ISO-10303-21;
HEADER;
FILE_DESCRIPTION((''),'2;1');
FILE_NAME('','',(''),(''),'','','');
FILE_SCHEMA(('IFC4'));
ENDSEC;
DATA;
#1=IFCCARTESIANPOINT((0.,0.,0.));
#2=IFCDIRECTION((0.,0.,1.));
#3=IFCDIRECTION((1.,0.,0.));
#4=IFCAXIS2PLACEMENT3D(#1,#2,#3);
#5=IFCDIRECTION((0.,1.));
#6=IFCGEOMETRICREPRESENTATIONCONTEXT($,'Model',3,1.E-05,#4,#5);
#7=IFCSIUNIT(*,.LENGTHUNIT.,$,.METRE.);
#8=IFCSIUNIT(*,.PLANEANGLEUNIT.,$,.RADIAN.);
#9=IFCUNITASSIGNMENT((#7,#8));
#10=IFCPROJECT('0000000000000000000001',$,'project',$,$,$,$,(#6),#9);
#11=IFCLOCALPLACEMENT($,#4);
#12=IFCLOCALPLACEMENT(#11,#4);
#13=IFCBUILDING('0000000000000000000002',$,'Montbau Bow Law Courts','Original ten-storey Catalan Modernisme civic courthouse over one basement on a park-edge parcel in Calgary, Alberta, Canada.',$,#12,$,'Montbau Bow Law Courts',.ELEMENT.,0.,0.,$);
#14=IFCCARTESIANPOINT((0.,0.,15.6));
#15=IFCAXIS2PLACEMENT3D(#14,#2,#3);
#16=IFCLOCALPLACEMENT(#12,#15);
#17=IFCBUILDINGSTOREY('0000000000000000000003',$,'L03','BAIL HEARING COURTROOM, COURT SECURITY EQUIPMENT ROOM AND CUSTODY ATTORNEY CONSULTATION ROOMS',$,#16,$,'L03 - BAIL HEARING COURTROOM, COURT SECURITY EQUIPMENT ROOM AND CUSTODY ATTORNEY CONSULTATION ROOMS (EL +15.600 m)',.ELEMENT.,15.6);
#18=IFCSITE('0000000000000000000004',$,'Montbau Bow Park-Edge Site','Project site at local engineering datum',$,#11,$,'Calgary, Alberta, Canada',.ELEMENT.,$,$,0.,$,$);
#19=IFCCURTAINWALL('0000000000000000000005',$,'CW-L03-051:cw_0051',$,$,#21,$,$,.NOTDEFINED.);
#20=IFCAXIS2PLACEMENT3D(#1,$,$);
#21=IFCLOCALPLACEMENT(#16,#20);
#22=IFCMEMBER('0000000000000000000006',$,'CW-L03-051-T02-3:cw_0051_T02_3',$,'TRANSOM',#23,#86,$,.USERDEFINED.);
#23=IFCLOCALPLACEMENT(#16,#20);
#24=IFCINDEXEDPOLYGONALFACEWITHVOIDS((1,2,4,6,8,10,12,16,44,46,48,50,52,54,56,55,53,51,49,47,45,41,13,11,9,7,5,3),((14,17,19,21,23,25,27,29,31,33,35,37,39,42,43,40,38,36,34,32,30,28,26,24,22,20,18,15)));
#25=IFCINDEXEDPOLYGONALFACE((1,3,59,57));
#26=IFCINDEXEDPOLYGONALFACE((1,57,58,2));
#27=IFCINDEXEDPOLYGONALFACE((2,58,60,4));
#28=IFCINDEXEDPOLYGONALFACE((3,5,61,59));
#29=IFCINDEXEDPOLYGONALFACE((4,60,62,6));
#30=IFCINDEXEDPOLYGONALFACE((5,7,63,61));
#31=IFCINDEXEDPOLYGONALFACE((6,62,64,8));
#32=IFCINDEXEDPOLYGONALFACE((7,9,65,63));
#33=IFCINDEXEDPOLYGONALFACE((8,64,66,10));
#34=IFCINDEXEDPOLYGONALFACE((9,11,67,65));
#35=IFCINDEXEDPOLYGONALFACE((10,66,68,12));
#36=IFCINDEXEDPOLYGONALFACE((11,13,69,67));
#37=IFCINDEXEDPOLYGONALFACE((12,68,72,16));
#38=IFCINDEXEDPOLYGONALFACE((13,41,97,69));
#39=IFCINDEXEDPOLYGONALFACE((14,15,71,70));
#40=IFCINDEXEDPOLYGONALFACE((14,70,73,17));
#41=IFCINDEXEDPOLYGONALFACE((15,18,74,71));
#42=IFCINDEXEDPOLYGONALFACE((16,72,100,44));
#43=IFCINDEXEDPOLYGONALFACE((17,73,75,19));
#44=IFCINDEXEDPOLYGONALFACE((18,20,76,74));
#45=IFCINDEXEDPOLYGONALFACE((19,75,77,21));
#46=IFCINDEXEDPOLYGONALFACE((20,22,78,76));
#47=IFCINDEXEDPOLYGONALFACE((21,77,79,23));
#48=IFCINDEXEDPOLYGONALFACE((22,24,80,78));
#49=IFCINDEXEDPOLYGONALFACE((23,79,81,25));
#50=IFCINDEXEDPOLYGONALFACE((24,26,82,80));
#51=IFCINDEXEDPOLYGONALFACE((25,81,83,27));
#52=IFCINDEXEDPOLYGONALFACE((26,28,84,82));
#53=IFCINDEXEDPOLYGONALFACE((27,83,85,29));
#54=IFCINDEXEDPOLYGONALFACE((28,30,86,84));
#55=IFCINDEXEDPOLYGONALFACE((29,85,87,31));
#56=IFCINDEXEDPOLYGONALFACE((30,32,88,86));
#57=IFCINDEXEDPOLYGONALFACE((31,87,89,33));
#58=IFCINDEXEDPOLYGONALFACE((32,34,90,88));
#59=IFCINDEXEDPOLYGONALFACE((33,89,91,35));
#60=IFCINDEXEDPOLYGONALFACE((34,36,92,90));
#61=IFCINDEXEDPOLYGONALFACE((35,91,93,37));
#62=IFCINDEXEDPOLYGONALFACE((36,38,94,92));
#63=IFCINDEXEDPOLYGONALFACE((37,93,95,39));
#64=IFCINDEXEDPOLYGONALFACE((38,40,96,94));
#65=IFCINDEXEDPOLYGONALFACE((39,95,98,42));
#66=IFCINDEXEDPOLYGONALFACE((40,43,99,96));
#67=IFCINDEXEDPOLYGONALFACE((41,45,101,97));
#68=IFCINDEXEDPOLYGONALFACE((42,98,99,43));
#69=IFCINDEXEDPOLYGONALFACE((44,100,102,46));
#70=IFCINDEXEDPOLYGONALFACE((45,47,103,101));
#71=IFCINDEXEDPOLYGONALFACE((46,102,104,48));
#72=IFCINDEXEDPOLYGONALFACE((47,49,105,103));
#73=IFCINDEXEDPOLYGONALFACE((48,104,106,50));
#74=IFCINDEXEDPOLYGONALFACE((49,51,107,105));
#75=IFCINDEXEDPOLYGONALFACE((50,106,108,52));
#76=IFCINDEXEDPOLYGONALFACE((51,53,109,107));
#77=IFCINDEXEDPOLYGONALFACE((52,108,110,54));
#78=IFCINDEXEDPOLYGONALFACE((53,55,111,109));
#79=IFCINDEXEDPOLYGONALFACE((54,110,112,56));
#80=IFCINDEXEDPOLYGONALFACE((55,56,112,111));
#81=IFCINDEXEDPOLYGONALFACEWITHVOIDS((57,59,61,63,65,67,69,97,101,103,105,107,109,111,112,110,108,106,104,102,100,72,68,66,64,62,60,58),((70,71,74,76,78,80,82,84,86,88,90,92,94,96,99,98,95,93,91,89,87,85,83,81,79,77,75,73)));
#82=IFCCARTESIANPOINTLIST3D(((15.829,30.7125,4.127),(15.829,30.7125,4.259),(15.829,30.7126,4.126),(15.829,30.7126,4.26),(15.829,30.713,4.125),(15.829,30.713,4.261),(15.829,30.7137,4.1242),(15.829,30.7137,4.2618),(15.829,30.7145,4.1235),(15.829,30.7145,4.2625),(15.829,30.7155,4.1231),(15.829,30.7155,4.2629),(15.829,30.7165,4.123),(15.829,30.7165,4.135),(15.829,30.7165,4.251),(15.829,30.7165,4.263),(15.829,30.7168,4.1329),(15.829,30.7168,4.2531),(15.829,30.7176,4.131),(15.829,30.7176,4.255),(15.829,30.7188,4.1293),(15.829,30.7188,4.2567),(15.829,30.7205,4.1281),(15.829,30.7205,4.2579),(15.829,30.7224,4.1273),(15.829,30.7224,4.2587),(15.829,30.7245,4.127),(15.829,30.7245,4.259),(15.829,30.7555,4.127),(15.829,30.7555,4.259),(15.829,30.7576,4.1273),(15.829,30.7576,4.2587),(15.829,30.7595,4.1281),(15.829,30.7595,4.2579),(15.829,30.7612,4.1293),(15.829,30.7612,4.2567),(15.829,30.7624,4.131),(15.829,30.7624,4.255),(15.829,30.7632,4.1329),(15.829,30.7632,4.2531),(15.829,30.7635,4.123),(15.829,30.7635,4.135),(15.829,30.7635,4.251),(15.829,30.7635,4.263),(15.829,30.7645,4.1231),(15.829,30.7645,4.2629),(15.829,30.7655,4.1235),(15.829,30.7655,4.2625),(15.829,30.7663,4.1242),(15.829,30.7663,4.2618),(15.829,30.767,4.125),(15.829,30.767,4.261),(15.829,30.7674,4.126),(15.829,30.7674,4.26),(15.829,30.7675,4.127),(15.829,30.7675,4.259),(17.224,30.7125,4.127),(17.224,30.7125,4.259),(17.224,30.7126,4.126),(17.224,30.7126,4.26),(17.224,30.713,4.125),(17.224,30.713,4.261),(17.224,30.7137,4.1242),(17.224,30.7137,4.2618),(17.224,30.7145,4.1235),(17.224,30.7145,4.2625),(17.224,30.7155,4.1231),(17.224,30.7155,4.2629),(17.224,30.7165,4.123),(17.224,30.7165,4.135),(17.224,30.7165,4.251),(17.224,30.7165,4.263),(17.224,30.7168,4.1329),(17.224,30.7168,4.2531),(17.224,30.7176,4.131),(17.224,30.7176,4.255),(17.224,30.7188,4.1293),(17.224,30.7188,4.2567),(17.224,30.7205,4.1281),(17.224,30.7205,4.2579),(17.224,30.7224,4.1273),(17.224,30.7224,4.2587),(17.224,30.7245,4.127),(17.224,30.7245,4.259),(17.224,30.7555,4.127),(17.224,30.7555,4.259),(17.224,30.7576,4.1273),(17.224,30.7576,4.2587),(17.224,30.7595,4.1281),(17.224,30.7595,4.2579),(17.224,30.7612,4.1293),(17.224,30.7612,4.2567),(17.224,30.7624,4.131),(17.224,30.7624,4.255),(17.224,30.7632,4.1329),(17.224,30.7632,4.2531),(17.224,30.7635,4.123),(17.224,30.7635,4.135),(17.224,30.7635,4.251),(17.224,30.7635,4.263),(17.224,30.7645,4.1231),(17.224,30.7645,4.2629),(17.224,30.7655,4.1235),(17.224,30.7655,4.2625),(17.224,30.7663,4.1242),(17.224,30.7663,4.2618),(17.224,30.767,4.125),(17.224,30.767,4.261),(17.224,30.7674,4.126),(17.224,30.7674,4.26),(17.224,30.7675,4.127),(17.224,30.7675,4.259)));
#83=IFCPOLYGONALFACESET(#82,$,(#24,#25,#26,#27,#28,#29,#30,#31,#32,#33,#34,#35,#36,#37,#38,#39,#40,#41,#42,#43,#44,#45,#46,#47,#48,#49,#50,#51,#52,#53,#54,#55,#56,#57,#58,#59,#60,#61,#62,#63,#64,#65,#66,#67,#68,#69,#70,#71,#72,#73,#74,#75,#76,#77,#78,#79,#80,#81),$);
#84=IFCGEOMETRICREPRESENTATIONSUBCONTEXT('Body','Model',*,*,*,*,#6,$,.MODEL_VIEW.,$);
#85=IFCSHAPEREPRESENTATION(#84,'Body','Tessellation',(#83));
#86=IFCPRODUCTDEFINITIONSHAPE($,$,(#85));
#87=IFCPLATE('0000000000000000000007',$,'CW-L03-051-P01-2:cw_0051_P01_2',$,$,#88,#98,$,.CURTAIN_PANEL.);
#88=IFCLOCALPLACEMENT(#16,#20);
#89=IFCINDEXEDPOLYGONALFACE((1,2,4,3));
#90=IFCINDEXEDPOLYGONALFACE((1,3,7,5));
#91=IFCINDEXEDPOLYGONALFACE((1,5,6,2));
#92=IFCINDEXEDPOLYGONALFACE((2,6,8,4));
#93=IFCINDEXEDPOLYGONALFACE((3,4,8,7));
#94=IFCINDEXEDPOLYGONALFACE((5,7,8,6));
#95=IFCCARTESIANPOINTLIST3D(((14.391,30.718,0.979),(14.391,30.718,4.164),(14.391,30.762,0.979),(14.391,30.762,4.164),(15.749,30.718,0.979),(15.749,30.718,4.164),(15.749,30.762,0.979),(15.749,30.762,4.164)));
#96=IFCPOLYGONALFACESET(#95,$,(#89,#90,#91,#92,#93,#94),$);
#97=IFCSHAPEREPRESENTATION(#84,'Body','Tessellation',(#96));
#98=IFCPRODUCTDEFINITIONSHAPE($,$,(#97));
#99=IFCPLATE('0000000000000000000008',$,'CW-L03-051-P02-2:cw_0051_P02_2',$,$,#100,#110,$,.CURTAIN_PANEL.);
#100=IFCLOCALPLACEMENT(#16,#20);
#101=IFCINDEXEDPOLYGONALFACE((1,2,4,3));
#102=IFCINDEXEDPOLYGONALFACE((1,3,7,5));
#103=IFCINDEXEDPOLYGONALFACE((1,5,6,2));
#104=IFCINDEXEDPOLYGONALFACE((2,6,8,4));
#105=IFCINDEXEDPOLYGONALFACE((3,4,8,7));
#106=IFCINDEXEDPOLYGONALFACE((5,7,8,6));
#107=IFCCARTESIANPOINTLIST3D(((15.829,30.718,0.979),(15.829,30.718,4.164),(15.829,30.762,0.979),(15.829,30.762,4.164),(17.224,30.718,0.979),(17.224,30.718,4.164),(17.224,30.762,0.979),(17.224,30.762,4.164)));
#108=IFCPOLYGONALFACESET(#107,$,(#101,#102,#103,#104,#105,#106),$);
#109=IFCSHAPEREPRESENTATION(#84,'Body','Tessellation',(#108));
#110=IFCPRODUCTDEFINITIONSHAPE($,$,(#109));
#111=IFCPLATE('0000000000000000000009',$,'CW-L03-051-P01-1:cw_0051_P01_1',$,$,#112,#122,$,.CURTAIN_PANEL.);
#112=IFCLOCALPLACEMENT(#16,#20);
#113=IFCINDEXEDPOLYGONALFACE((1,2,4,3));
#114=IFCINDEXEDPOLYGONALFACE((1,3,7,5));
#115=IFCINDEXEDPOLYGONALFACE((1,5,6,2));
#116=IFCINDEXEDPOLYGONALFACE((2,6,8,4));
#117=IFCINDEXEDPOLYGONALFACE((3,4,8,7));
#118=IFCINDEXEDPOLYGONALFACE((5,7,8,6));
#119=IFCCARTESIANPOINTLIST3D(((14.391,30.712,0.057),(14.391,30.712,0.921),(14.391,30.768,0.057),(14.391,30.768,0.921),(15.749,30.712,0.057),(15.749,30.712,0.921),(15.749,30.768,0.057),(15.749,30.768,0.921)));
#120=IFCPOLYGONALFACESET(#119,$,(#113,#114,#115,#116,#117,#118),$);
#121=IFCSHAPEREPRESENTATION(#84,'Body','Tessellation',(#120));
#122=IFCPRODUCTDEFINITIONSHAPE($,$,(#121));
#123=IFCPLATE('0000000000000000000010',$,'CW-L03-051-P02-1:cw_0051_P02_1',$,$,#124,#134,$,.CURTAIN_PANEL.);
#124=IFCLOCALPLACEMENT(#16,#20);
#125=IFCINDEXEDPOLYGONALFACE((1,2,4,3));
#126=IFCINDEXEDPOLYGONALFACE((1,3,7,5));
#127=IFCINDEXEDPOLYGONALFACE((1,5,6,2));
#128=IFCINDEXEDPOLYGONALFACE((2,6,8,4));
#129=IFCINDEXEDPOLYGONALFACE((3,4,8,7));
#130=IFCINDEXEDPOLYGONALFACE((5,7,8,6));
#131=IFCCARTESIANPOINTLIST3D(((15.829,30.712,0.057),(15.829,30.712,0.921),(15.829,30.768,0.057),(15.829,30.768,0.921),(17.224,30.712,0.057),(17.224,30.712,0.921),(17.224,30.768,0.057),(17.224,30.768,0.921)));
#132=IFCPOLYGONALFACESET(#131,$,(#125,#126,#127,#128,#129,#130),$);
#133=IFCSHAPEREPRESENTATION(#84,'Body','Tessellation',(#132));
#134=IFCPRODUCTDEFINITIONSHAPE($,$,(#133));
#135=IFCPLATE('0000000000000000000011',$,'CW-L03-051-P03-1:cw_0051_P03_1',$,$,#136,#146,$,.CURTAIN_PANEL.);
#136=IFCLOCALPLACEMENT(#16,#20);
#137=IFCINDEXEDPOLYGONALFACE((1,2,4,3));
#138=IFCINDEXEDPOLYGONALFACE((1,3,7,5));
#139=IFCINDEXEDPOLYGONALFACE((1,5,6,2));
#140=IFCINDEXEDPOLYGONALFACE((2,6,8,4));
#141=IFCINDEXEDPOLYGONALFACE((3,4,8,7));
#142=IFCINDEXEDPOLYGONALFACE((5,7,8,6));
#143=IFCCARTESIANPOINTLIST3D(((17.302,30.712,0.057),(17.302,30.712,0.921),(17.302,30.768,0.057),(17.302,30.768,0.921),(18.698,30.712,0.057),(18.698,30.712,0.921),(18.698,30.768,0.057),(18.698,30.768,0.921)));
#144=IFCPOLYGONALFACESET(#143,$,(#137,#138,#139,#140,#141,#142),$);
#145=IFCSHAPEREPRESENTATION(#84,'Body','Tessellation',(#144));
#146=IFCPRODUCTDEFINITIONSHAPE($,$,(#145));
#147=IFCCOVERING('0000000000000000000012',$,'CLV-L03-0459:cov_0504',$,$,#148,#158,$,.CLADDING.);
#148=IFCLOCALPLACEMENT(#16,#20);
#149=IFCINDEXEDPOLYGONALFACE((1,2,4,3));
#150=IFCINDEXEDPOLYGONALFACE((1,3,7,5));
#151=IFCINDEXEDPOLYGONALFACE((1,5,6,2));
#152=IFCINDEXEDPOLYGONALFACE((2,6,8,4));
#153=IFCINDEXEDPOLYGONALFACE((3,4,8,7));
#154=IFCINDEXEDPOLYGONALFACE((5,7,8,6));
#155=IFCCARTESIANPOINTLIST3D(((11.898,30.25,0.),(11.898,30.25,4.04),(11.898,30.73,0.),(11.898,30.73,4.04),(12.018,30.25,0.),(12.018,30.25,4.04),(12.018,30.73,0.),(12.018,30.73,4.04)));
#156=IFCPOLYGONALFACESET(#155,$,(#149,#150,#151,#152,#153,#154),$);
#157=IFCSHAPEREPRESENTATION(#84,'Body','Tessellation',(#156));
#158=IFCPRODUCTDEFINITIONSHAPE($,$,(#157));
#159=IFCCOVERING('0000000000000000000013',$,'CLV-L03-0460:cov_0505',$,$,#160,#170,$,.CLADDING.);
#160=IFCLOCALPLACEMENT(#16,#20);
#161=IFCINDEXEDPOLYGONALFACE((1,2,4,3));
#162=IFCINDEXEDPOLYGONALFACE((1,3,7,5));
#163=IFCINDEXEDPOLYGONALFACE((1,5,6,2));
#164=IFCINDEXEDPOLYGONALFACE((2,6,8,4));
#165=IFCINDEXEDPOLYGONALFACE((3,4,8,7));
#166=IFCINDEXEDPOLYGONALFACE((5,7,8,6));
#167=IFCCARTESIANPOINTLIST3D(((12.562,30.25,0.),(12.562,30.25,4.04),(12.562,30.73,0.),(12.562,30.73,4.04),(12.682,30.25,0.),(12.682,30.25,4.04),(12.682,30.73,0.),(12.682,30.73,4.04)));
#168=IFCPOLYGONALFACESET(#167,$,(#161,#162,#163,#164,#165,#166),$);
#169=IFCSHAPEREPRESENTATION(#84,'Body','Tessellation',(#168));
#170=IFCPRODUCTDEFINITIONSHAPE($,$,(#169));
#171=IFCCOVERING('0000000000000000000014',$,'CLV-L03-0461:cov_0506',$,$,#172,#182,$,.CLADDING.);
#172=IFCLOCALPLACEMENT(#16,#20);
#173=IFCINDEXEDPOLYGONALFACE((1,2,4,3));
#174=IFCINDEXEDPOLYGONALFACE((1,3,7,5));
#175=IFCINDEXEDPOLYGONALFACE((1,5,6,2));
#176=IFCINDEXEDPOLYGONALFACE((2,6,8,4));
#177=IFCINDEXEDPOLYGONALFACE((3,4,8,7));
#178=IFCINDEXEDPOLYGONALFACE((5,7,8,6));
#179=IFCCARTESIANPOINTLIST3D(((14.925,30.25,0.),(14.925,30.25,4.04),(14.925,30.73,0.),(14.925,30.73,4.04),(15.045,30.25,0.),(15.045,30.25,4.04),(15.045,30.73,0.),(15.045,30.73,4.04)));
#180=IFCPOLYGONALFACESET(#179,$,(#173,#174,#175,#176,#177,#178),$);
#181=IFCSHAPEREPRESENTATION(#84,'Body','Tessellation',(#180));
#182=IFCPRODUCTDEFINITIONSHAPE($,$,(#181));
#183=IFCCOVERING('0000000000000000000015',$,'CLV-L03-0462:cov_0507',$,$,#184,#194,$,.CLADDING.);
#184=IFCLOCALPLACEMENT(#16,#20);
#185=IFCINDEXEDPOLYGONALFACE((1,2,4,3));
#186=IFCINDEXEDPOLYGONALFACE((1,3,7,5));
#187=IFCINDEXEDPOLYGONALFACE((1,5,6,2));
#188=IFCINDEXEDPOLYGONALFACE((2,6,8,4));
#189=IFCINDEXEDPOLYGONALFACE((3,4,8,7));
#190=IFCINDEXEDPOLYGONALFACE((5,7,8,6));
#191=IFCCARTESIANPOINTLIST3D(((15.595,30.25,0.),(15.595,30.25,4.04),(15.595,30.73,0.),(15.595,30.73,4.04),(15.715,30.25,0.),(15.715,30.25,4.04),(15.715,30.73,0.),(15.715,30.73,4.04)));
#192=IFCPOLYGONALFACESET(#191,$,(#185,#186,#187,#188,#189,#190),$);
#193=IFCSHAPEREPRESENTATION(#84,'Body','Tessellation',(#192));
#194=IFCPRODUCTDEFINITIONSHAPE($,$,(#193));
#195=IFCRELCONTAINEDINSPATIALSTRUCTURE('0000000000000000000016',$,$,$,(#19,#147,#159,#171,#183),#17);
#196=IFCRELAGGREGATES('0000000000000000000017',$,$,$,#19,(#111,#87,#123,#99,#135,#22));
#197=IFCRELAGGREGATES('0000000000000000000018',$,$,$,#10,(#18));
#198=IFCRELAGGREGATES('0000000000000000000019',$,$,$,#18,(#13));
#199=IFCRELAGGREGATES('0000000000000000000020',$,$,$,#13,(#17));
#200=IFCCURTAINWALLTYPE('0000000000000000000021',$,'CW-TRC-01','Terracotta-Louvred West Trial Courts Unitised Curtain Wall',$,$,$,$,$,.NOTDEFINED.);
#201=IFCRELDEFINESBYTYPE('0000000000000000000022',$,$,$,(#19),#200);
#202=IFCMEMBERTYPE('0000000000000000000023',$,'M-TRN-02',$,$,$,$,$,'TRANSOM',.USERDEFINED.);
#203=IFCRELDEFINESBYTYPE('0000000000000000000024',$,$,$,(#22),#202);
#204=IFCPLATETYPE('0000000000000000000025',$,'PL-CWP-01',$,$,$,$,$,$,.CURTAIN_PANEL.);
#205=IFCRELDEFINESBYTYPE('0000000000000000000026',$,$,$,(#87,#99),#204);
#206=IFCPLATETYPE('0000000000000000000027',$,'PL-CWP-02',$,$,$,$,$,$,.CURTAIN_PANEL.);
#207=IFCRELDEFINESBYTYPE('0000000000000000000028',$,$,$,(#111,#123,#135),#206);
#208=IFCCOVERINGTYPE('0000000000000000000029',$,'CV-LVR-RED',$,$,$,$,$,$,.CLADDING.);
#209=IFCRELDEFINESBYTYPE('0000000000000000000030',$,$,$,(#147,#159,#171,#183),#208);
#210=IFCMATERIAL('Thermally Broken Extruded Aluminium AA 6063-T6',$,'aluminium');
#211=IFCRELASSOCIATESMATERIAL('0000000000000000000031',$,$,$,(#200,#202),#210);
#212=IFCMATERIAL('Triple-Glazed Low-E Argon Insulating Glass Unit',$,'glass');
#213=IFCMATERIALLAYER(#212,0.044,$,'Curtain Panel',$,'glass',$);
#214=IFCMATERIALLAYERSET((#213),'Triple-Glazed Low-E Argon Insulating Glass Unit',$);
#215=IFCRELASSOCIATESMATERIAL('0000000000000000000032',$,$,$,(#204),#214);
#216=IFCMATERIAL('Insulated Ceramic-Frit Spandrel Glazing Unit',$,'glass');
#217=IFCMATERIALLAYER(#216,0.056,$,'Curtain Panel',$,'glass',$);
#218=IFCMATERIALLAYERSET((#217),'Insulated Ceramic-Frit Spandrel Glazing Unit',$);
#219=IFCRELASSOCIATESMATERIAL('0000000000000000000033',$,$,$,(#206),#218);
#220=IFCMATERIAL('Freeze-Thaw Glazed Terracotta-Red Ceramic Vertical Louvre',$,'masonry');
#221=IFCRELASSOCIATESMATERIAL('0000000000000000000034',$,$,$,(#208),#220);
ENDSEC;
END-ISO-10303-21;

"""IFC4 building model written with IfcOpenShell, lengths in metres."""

from ifc_helpers import new_model, si_unit, direction, frame, frame_2d, origin_with_axes, origin_2d_with_axis, place, context, subcontext, project, spatial, rectangle, hollow_rectangle, extrude, material, layer, layer_set, material_profile, profile_set, type_object, element, aggregate, save


model = new_model("IFC4")

# Units and contexts
model_context = context("Model", 3, precision=1e-05, world=origin_with_axes(), true_north=direction((0.0, 1.0)))
body_context = subcontext(model_context, "Body", "Model", "MODEL_VIEW")
ifc_project = project(units=[si_unit("LENGTHUNIT", "METRE"), si_unit("PLANEANGLEUNIT", "RADIAN")], contexts=[model_context])

# Site, building, storey
site_placement = place(None, origin_with_axes())
site = spatial("IfcSite", under=ifc_project, at=site_placement, Name="Montbau Bow Park-Edge Site", Description="Project site at local engineering datum", LongName="Calgary, Alberta, Canada", CompositionType="ELEMENT", RefElevation=0.0)
building_placement = place(site_placement, origin_with_axes())
building = spatial("IfcBuilding", under=site, at=building_placement, Name="Montbau Bow Law Courts", Description="Original ten-storey Catalan Modernisme civic courthouse over one basement on a park-edge parcel in Calgary, Alberta, Canada.", LongName="Montbau Bow Law Courts", CompositionType="ELEMENT", ElevationOfRefHeight=0.0, ElevationOfTerrain=0.0)
storey_placement = place(building_placement, frame((0.0, 0.0, 15.6), z_axis=(0.0, 0.0, 1.0), x_axis=(1.0, 0.0, 0.0)))
storey = spatial("IfcBuildingStorey", under=building, at=storey_placement, Name="L03", Description="BAIL HEARING COURTROOM, COURT SECURITY EQUIPMENT ROOM AND CUSTODY ATTORNEY CONSULTATION ROOMS", LongName="L03 - BAIL HEARING COURTROOM, COURT SECURITY EQUIPMENT ROOM AND CUSTODY ATTORNEY CONSULTATION ROOMS (EL +15.600 m)", CompositionType="ELEMENT", Elevation=15.6)

# Curtain wall
ifc_material_1 = material(Name="Thermally Broken Extruded Aluminium AA 6063-T6", Category="aluminium")
curtain_wall_type = type_object("IfcCurtainWallType", Name="CW-TRC-01", Description="Terracotta-Louvred West Trial Courts Unitised Curtain Wall", PredefinedType="NOTDEFINED", material=ifc_material_1)
curtain_wall_1_placement = place(None, frame((14.315, 30.74, 15.6), z_axis=(0.0, 0.0, 1.0), x_axis=(1.0, 0.0, 0.0)))
curtain_wall_1 = element("IfcCurtainWall", 1, at=curtain_wall_1_placement, inside=storey, type_object=curtain_wall_type, Name="CW-L03-051:cw_0051", PredefinedType="NOTDEFINED")

# Member
ifc_material_profile_1 = material_profile(ifc_material_1, hollow_rectangle(XDim=0.055, YDim=0.14, WallThickness=0.004, InnerFilletRadius=0.008, OuterFilletRadius=0.004, at=origin_2d_with_axis()), Name="CWT-140X55", Category="Main", Priority=0)
ifc_profile_set_1 = profile_set([ifc_material_profile_1], Name="Thermally Broken Extruded Aluminium AA 6063-T6")
member_type_1 = type_object("IfcMemberType", Name="M-TRN-02", ElementType="TRANSOM", PredefinedType="USERDEFINED", material=ifc_profile_set_1)
member_1_placement = place(None, frame((15.829, 30.74, 19.793), z_axis=(1.0, 0.0, 0.0), x_axis=(0.0, 1.0, 0.0)))
member_1 = element("IfcMember", 2, at=member_1_placement, type_object=member_type_1, Name="CW-L03-051-T02-3:cw_0051_T02_3", ObjectType="TRANSOM", PredefinedType="USERDEFINED", context=body_context, shape_type="SweptSolid", body=[
    extrude(hollow_rectangle(XDim=0.055, YDim=0.14, WallThickness=0.004, InnerFilletRadius=0.008, OuterFilletRadius=0.004, at=origin_2d_with_axis()), origin_with_axes(), (0.0, 0.0, 1.0), 1.395),
])

# Plates
ifc_material_2 = material(Name="Triple-Glazed Low-E Argon Insulating Glass Unit", Category="glass")
ifc_layer_1 = layer(ifc_material_2, 0.044, Name="Curtain Panel", Category="glass")
ifc_layer_set_1 = layer_set([ifc_layer_1], Name="Triple-Glazed Low-E Argon Insulating Glass Unit")
plate_type_1 = type_object("IfcPlateType", Name="PL-CWP-01", PredefinedType="CURTAIN_PANEL", material=ifc_layer_set_1)
plate_1_placement = place(None, frame((14.391, 30.74, 16.579), z_axis=(0.0, -1.0, 0.0), x_axis=(1.0, 0.0, 0.0)))
plate_1 = element("IfcPlate", 3, at=plate_1_placement, type_object=plate_type_1, Name="CW-L03-051-P01-2:cw_0051_P01_2", PredefinedType="CURTAIN_PANEL", context=body_context, shape_type="SweptSolid", body=[
    extrude(rectangle(XDim=1.358, YDim=3.185, at=frame_2d((0.679, 1.5925), x_axis=(1.0, 0.0))), frame((0.0, 0.0, -0.022), z_axis=(0.0, 0.0, 1.0), x_axis=(1.0, 0.0, 0.0)), (0.0, 0.0, 1.0), 0.044),
])
plate_2_placement = place(None, frame((15.829, 30.74, 16.579), z_axis=(0.0, -1.0, 0.0), x_axis=(1.0, 0.0, 0.0)))
plate_2 = element("IfcPlate", 4, at=plate_2_placement, type_object=plate_type_1, Name="CW-L03-051-P02-2:cw_0051_P02_2", PredefinedType="CURTAIN_PANEL", context=body_context, shape_type="SweptSolid", body=[
    extrude(rectangle(XDim=1.395, YDim=3.185, at=frame_2d((0.6975, 1.5925), x_axis=(1.0, 0.0))), frame((0.0, 0.0, -0.022), z_axis=(0.0, 0.0, 1.0), x_axis=(1.0, 0.0, 0.0)), (0.0, 0.0, 1.0), 0.044),
])
ifc_material_3 = material(Name="Insulated Ceramic-Frit Spandrel Glazing Unit", Category="glass")
ifc_layer_2 = layer(ifc_material_3, 0.056, Name="Curtain Panel", Category="glass")
ifc_layer_set_2 = layer_set([ifc_layer_2], Name="Insulated Ceramic-Frit Spandrel Glazing Unit")
plate_type_2 = type_object("IfcPlateType", Name="PL-CWP-02", PredefinedType="CURTAIN_PANEL", material=ifc_layer_set_2)
plate_3_placement = place(None, frame((14.391, 30.74, 15.657), z_axis=(0.0, -1.0, 0.0), x_axis=(1.0, 0.0, 0.0)))
plate_3 = element("IfcPlate", 5, at=plate_3_placement, type_object=plate_type_2, Name="CW-L03-051-P01-1:cw_0051_P01_1", PredefinedType="CURTAIN_PANEL", context=body_context, shape_type="SweptSolid", body=[
    extrude(rectangle(XDim=1.358, YDim=0.864, at=frame_2d((0.679, 0.432), x_axis=(1.0, 0.0))), frame((0.0, 0.0, -0.028), z_axis=(0.0, 0.0, 1.0), x_axis=(1.0, 0.0, 0.0)), (0.0, 0.0, 1.0), 0.056),
])
plate_4_placement = place(None, frame((15.829, 30.74, 15.657), z_axis=(0.0, -1.0, 0.0), x_axis=(1.0, 0.0, 0.0)))
plate_4 = element("IfcPlate", 6, at=plate_4_placement, type_object=plate_type_2, Name="CW-L03-051-P02-1:cw_0051_P02_1", PredefinedType="CURTAIN_PANEL", context=body_context, shape_type="SweptSolid", body=[
    extrude(rectangle(XDim=1.395, YDim=0.864, at=frame_2d((0.6975, 0.432), x_axis=(1.0, 0.0))), frame((0.0, 0.0, -0.028), z_axis=(0.0, 0.0, 1.0), x_axis=(1.0, 0.0, 0.0)), (0.0, 0.0, 1.0), 0.056),
])
plate_5_placement = place(None, frame((17.302, 30.74, 15.657), z_axis=(0.0, -1.0, 0.0), x_axis=(1.0, 0.0, 0.0)))
plate_5 = element("IfcPlate", 7, at=plate_5_placement, type_object=plate_type_2, Name="CW-L03-051-P03-1:cw_0051_P03_1", PredefinedType="CURTAIN_PANEL", context=body_context, shape_type="SweptSolid", body=[
    extrude(rectangle(XDim=1.396, YDim=0.864, at=frame_2d((0.698, 0.432), x_axis=(1.0, 0.0))), frame((0.0, 0.0, -0.028), z_axis=(0.0, 0.0, 1.0), x_axis=(1.0, 0.0, 0.0)), (0.0, 0.0, 1.0), 0.056),
])
aggregate(curtain_wall_1, [plate_3, plate_1, plate_4, plate_2, plate_5, member_1])

# Coverings
ifc_material_4 = material(Name="Freeze-Thaw Glazed Terracotta-Red Ceramic Vertical Louvre", Category="masonry")
covering_type = type_object("IfcCoveringType", Name="CV-LVR-RED", PredefinedType="CLADDING", material=ifc_material_4)
for number, where, z_axis, x_axis, name in (
    (8, (11.958, 30.73, 15.6), (-1.0, 0.0, 0.0), (0.0, -1.0, 0.0), "CLV-L03-0459:cov_0504"),
    (9, (12.622, 30.73, 15.6), (-1.0, 0.0, 0.0), (0.0, -1.0, 0.0), "CLV-L03-0460:cov_0505"),
    (10, (14.985, 30.73, 15.6), (-1.0, 0.0, 0.0), (0.0, -1.0, 0.0), "CLV-L03-0461:cov_0506"),
    (11, (15.655, 30.73, 15.6), (-1.0, 0.0, 0.0), (0.0, -1.0, 0.0), "CLV-L03-0462:cov_0507"),
):
    element("IfcCovering", number, at=place(None, frame(where, z_axis=z_axis, x_axis=x_axis)), inside=storey, type_object=covering_type, Name=name, PredefinedType="CLADDING", context=body_context, shape_type="SweptSolid", body=[
        extrude(rectangle(XDim=0.48, YDim=4.04, at=frame_2d((0.24, 2.02), x_axis=(1.0, 0.0))), frame((0.0, 0.0, -0.06), z_axis=(0.0, 0.0, 1.0), x_axis=(1.0, 0.0, 0.0)), (0.0, 0.0, 1.0), 0.12),
    ])

save(model, "model.ifc")
